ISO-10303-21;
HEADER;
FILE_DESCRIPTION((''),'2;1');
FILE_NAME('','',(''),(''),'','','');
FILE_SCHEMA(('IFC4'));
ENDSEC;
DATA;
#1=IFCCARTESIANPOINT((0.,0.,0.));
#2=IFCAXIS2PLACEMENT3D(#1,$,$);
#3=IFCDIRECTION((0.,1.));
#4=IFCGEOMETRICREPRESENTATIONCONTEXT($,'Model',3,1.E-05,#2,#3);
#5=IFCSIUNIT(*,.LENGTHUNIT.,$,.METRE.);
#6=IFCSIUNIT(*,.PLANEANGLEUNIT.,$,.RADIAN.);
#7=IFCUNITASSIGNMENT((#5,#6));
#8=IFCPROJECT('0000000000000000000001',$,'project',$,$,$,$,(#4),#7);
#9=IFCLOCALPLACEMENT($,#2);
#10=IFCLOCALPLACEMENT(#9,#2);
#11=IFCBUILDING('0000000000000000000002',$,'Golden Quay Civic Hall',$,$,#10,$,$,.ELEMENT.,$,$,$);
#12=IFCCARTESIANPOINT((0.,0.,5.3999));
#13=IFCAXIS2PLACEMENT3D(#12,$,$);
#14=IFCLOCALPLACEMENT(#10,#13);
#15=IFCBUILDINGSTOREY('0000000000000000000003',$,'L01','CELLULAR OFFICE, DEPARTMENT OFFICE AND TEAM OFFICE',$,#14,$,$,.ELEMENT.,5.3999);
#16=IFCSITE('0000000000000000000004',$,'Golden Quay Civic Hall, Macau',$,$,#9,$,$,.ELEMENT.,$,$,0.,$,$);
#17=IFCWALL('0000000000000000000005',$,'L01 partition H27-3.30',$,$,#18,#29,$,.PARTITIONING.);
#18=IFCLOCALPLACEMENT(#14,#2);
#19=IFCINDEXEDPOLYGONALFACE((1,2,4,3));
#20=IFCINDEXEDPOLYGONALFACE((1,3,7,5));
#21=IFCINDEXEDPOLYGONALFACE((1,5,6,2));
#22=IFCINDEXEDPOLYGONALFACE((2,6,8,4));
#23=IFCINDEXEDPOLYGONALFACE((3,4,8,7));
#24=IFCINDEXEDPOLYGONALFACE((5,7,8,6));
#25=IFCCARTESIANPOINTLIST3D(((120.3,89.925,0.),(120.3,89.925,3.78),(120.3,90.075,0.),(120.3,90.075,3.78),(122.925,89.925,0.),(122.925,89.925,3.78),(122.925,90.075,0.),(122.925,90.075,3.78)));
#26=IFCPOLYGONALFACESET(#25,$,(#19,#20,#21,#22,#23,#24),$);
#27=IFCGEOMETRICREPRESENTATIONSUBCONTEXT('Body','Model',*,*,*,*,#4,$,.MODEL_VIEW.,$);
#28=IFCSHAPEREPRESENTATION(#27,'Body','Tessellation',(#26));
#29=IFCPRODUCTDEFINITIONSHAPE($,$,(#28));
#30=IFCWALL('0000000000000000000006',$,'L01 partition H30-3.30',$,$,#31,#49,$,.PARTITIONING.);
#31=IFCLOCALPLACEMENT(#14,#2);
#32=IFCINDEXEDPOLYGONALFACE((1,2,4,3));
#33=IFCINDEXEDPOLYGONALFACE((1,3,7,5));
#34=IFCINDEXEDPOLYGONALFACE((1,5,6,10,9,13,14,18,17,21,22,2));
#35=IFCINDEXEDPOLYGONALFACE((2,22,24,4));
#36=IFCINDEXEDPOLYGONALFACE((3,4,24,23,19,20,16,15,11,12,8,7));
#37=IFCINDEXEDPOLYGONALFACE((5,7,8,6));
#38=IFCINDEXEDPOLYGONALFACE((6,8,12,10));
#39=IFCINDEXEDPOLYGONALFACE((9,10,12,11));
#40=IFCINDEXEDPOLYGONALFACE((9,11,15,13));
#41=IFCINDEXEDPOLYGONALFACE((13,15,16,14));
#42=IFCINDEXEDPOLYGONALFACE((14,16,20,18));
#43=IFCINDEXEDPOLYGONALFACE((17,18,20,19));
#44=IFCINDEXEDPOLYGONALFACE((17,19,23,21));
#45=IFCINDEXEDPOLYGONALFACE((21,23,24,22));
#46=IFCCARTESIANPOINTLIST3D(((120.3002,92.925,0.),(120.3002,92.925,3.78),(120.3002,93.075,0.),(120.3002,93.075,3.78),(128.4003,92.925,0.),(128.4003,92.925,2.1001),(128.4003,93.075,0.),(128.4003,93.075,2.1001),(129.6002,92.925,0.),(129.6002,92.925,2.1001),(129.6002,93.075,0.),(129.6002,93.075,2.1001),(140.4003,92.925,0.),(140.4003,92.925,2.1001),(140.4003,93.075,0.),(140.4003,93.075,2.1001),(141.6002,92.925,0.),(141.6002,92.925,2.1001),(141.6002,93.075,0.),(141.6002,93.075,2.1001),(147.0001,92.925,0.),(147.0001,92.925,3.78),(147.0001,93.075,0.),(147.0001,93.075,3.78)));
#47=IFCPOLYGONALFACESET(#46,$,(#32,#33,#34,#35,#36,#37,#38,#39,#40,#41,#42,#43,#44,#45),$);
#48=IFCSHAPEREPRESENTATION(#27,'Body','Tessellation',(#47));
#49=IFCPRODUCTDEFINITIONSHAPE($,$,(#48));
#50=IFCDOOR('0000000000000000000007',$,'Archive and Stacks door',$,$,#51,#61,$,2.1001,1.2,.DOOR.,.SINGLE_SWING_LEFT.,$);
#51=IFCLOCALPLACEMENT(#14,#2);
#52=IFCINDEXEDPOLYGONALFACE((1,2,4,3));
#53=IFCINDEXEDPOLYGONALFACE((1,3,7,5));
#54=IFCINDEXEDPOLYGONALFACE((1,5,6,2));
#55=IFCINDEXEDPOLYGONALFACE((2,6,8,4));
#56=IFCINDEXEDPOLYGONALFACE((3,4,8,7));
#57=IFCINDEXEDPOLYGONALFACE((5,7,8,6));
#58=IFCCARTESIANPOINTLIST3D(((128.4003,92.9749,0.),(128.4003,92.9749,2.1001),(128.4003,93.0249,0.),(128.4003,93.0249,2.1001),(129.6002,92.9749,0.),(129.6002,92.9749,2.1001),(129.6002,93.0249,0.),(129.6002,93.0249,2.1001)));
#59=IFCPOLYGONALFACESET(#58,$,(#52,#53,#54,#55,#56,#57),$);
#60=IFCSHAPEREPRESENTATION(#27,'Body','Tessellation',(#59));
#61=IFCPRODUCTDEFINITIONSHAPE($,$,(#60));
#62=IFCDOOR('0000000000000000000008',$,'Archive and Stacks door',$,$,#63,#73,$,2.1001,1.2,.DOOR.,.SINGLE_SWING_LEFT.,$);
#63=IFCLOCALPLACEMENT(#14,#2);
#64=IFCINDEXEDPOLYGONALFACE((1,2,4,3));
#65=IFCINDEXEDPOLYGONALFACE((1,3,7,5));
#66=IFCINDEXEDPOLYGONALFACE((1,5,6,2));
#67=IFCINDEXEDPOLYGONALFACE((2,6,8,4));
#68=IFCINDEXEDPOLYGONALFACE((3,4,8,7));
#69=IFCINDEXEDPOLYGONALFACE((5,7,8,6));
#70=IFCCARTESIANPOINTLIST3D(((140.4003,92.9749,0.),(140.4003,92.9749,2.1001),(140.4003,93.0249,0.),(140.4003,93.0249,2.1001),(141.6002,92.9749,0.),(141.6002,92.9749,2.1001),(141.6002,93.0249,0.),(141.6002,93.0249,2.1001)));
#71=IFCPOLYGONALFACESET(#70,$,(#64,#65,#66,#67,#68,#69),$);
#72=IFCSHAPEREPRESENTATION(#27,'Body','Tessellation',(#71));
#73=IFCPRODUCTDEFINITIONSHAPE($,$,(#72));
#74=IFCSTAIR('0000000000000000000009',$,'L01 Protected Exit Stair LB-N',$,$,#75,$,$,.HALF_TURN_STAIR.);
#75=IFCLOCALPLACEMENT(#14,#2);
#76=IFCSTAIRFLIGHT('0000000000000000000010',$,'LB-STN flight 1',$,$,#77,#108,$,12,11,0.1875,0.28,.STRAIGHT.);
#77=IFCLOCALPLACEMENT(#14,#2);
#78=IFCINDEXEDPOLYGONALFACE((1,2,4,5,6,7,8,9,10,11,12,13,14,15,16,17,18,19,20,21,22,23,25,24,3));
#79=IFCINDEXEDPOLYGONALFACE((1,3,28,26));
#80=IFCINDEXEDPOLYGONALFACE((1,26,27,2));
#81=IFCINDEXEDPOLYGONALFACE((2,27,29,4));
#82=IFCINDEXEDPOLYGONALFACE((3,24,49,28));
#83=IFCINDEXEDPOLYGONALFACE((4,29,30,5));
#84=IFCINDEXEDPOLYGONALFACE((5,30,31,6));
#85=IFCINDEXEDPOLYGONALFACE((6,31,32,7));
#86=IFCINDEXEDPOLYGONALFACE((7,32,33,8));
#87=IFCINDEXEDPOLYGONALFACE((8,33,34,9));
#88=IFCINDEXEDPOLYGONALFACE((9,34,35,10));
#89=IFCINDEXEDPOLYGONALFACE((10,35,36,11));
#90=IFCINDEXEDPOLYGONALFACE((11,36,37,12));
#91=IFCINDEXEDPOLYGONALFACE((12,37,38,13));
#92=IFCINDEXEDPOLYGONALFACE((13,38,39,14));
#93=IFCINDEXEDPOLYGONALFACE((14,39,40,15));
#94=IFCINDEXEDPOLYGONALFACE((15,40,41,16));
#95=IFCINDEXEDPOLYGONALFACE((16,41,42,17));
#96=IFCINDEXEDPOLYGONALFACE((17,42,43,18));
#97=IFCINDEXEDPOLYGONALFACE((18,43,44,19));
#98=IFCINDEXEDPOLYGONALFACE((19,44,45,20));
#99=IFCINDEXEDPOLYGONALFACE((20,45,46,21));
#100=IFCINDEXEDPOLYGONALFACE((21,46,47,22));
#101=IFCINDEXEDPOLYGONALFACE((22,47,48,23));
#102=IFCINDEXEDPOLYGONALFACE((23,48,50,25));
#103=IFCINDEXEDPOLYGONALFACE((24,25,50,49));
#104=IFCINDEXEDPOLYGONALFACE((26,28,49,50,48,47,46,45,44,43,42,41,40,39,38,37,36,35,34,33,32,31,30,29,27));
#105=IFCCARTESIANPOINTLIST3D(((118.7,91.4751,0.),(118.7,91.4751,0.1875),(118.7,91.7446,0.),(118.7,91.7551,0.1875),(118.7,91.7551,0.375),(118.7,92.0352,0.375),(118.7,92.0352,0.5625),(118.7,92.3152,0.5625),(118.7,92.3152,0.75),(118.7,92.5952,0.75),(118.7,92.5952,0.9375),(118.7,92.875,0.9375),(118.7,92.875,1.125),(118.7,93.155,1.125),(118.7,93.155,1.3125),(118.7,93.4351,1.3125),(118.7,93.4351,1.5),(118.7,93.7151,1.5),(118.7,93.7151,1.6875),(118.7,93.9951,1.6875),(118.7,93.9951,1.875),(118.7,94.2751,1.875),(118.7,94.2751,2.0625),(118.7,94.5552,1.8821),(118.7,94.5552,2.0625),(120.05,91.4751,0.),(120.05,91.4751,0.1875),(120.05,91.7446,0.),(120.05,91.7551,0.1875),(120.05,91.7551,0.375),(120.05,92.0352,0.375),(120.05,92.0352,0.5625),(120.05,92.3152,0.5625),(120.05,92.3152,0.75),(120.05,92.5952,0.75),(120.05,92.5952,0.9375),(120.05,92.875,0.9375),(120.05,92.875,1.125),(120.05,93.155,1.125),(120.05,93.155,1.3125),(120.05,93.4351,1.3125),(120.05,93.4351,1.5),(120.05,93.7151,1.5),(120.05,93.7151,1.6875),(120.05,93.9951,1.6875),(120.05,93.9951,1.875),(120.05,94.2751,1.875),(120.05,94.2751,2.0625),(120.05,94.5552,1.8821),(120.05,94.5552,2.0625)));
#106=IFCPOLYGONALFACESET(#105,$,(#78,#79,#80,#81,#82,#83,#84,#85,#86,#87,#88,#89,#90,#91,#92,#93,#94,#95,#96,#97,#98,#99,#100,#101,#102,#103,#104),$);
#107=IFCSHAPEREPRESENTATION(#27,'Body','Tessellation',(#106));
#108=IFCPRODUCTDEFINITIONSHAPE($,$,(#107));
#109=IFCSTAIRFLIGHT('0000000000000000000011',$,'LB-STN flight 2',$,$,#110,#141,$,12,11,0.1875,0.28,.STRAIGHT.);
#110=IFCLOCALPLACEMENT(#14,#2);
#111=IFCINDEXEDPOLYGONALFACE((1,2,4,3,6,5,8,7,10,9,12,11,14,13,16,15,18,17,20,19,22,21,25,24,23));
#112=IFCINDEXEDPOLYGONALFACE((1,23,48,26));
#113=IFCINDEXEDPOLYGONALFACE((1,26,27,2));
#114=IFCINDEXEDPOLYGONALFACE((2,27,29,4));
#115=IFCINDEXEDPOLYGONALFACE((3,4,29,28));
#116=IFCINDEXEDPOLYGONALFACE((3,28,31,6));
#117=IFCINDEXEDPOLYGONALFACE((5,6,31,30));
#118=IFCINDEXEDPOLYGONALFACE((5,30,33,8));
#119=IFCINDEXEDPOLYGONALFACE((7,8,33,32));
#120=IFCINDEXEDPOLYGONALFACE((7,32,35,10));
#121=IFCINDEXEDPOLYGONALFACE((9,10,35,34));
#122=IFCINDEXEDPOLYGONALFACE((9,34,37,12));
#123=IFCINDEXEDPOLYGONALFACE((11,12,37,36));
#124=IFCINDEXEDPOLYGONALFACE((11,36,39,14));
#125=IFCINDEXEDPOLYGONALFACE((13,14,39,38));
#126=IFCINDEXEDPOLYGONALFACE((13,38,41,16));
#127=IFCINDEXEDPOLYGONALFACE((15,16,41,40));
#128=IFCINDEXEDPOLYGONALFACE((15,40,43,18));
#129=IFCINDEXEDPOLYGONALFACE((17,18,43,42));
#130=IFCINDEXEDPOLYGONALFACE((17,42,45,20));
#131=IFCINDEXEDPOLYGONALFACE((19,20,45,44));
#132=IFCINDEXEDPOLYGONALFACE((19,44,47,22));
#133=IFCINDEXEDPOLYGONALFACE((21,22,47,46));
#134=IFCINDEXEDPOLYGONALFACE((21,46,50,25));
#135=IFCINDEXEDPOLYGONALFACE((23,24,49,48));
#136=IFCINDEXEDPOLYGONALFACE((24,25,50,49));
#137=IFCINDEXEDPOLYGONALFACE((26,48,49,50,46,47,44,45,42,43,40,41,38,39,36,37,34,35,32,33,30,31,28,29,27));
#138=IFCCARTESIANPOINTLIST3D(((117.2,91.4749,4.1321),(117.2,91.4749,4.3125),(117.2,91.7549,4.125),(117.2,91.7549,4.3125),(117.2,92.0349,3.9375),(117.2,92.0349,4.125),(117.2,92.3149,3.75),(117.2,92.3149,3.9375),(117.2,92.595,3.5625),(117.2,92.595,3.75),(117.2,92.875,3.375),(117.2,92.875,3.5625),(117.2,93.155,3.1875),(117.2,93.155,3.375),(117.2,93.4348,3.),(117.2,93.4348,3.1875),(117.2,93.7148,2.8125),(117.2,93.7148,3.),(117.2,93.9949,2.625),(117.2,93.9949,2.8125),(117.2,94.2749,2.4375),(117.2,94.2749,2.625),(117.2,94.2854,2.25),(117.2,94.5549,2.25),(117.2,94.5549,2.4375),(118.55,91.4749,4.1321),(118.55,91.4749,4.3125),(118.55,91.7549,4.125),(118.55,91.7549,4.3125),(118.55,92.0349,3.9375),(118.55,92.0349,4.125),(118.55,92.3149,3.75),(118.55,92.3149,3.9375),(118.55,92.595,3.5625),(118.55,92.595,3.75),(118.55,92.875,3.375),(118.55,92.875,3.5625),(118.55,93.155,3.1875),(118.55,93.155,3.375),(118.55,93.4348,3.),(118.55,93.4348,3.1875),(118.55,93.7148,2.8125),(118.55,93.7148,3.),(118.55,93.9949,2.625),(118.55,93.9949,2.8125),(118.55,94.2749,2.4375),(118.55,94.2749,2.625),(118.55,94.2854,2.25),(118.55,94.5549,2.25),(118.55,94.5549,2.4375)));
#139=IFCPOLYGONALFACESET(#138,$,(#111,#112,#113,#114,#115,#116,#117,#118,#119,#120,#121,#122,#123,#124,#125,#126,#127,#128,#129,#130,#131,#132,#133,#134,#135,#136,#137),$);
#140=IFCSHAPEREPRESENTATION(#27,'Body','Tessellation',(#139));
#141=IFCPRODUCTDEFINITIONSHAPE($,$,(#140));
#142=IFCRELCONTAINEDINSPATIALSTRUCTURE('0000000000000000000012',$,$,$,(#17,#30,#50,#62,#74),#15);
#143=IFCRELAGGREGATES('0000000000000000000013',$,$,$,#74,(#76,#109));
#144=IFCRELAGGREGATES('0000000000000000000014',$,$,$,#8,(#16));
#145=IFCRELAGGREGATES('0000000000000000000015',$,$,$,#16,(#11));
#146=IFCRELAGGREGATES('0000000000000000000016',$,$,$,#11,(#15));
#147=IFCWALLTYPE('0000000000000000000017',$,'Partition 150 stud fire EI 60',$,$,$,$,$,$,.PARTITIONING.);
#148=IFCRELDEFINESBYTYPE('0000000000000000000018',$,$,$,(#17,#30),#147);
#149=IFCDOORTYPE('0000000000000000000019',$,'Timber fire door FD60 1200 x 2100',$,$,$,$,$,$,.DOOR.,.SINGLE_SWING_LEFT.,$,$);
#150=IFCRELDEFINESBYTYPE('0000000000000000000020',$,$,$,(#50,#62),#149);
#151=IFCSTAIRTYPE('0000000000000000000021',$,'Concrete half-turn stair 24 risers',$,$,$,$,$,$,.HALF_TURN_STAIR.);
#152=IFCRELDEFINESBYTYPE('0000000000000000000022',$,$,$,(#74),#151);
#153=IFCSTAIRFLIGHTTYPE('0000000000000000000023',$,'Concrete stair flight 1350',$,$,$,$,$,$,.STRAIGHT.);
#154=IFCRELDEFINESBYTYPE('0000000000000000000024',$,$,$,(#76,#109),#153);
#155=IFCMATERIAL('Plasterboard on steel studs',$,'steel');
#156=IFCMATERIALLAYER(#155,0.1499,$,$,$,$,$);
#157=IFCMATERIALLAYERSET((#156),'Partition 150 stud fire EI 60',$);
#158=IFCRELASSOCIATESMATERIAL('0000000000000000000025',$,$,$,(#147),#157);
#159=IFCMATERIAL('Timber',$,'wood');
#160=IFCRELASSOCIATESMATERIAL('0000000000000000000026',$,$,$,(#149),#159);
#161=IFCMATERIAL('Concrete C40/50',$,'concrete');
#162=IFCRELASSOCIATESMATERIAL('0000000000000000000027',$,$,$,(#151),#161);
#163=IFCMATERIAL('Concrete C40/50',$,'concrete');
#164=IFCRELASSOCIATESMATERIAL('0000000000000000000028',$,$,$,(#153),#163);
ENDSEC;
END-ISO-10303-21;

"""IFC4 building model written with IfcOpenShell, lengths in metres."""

from ifc_helpers import new_model, si_unit, direction, frame, frame_2d, origin, place, context, subcontext, project, spatial, polyline, rectangle, outline, extrude, material, layer, layer_set, type_object, element, fill, aggregate, save


model = new_model("IFC4")

# Units and contexts
model_context = context("Model", 3, precision=1e-05, world=origin(), true_north=direction((0.0, 1.0)))
body_context = subcontext(model_context, "Body", "Model", "MODEL_VIEW")
ifc_project = project(units=[si_unit("LENGTHUNIT", "METRE"), si_unit("PLANEANGLEUNIT", "RADIAN")], contexts=[model_context])

# Site, building, storey
site_placement = place(None, origin())
site = spatial("IfcSite", under=ifc_project, at=site_placement, Name="Golden Quay Civic Hall, Macau", CompositionType="ELEMENT", RefElevation=0.0)
building_placement = place(site_placement, origin())
building = spatial("IfcBuilding", under=site, at=building_placement, Name="Golden Quay Civic Hall", CompositionType="ELEMENT")
storey_placement = place(building_placement, frame((0.0, 0.0, 5.3999)))
storey = spatial("IfcBuildingStorey", under=building, at=storey_placement, Name="L01", Description="CELLULAR OFFICE, DEPARTMENT OFFICE AND TEAM OFFICE", CompositionType="ELEMENT", Elevation=5.3999)

# Wall
ifc_material_1 = material(Name="Plasterboard on steel studs", Category="steel")
ifc_layer_1 = layer(ifc_material_1, 0.1499)
ifc_layer_set_1 = layer_set([ifc_layer_1], Name="Partition 150 stud fire EI 60")
wall_type_1 = type_object("IfcWallType", Name="Partition 150 stud fire EI 60", PredefinedType="PARTITIONING", material=ifc_layer_set_1)
wall_1_placement = place(storey_placement, frame((120.3, 90.0, 0.0), z_axis=(0.0, 0.0, 1.0), x_axis=(1.0, 0.0, 0.0)))
element("IfcWall", 1, at=wall_1_placement, inside=storey, type_object=wall_type_1, Name="L01 partition H27-3.30", PredefinedType="PARTITIONING", context=body_context, shape_type="SweptSolid", body=[
    extrude(rectangle(XDim=2.625, YDim=0.1499, at=frame_2d((1.3125, 0.0))), origin(), (0.0, 0.0, 1.0), 3.78),
])

# Wall, openings, doors
wall_2_placement = place(storey_placement, frame((120.3, 93.0, 0.0), z_axis=(0.0, 0.0, 1.0), x_axis=(1.0, 0.0, 0.0)))
wall_2 = element("IfcWall", 2, at=wall_2_placement, inside=storey, type_object=wall_type_1, Name="L01 partition H30-3.30", PredefinedType="PARTITIONING", context=body_context, shape_type="SweptSolid", body=[
    extrude(rectangle(XDim=26.7, YDim=0.1499, at=frame_2d((13.3501, 0.0))), origin(), (0.0, 0.0, 1.0), 3.78),
])
opening_1_placement = place(wall_2_placement, frame((8.1001, 0.0, 0.0)))
opening_1 = element("IfcOpeningElement", 3, at=opening_1_placement, cuts=wall_2, PredefinedType="OPENING", context=body_context, shape_type="SweptSolid", body=[
    extrude(rectangle(XDim=1.2, YDim=2.1001, at=frame_2d((0.6001, 1.05))), frame((0.0, 0.085, 0.0), z_axis=(0.0, -1.0, 0.0), x_axis=(1.0, 0.0, 0.0)), (0.0, 0.0, 1.0), 0.1699),
])
opening_2_placement = place(wall_2_placement, frame((20.1001, 0.0, 0.0)))
opening_2 = element("IfcOpeningElement", 4, at=opening_2_placement, cuts=wall_2, PredefinedType="OPENING", context=body_context, shape_type="SweptSolid", body=[
    extrude(rectangle(XDim=1.2, YDim=2.1001, at=frame_2d((0.6001, 1.05))), frame((0.0, 0.085, 0.0), z_axis=(0.0, -1.0, 0.0), x_axis=(1.0, 0.0, 0.0)), (0.0, 0.0, 1.0), 0.1699),
])
ifc_material_2 = material(Name="Timber", Category="wood")
door_type_1 = type_object("IfcDoorType", Name="Timber fire door FD60 1200 x 2100", OperationType="SINGLE_SWING_LEFT", PredefinedType="DOOR", material=ifc_material_2)
door_1_placement = place(opening_1_placement, origin())
door_1 = element("IfcDoor", 5, at=door_1_placement, inside=storey, type_object=door_type_1, Name="Archive and Stacks door", OperationType="SINGLE_SWING_LEFT", OverallHeight=2.1001, OverallWidth=1.2, PredefinedType="DOOR", context=body_context, shape_type="SweptSolid", body=[
    extrude(rectangle(XDim=1.2, YDim=2.1001, at=frame_2d((0.6001, 1.05))), frame((0.0, 0.0249, 0.0), z_axis=(0.0, -1.0, 0.0), x_axis=(1.0, 0.0, 0.0)), (0.0, 0.0, 1.0), 0.05),
])
fill(opening_1, door_1)
door_2_placement = place(opening_2_placement, origin())
door_2 = element("IfcDoor", 6, at=door_2_placement, inside=storey, type_object=door_type_1, Name="Archive and Stacks door", OperationType="SINGLE_SWING_LEFT", OverallHeight=2.1001, OverallWidth=1.2, PredefinedType="DOOR", context=body_context, shape_type="SweptSolid", body=[
    extrude(rectangle(XDim=1.2, YDim=2.1001, at=frame_2d((0.6001, 1.05))), frame((0.0, 0.0249, 0.0), z_axis=(0.0, -1.0, 0.0), x_axis=(1.0, 0.0, 0.0)), (0.0, 0.0, 1.0), 0.05),
])
fill(opening_2, door_2)

# Stair, stair flights
ifc_material_3 = material(Name="Concrete C40/50", Category="concrete")
stair_type = type_object("IfcStairType", Name="Concrete half-turn stair 24 risers", PredefinedType="HALF_TURN_STAIR", material=ifc_material_3)
stair_placement = place(storey_placement, origin())
stair = element("IfcStair", 7, at=stair_placement, inside=storey, type_object=stair_type, Name="L01 Protected Exit Stair LB-N", PredefinedType="HALF_TURN_STAIR")
ifc_material_4 = material(Name="Concrete C40/50", Category="concrete")
stair_flight_type = type_object("IfcStairFlightType", Name="Concrete stair flight 1350", PredefinedType="STRAIGHT", material=ifc_material_4)
stair_flight_1_placement = place(storey_placement, frame((119.375, 91.4751, 0.0), z_axis=(0.0, 0.0, 1.0), x_axis=(0.0, 1.0, 0.0)))
stair_flight_1 = element("IfcStairFlight", 8, at=stair_flight_1_placement, type_object=stair_flight_type, Name="LB-STN flight 1", NumberOfRisers=12, NumberOfTreads=11, PredefinedType="STRAIGHT", RiserHeight=0.1875, TreadLength=0.28, context=body_context, shape_type="SweptSolid", body=[
    extrude(outline(polyline([(0.0, 0.0), (0.0, 0.1875), (0.28, 0.1875), (0.28, 0.375), (0.5601, 0.375), (0.5601, 0.5625), (0.8401, 0.5625), (0.8401, 0.75), (1.1201, 0.75), (1.1201, 0.9375), (1.3999, 0.9375), (1.3999, 1.125), (1.6799, 1.125), (1.6799, 1.3125), (1.96, 1.3125), (1.96, 1.5), (2.24, 1.5), (2.24, 1.6875), (2.52, 1.6875), (2.52, 1.875), (2.8, 1.875), (2.8, 2.0625), (3.0801, 2.0625), (3.0801, 2.25), (3.0801, 1.8821), (0.2695, 0.0), (0.0, 0.0)])), frame((0.0, 0.675, 0.0), z_axis=(0.0, -1.0, 0.0), x_axis=(1.0, 0.0, 0.0)), (0.0, 0.0, 1.0), 1.35),
])
stair_flight_2_placement = place(storey_placement, frame((117.875, 94.5549, 2.25), z_axis=(0.0, 0.0, 1.0), x_axis=(0.0, -1.0, 0.0)))
stair_flight_2 = element("IfcStairFlight", 9, at=stair_flight_2_placement, type_object=stair_flight_type, Name="LB-STN flight 2", NumberOfRisers=12, NumberOfTreads=11, PredefinedType="STRAIGHT", RiserHeight=0.1875, TreadLength=0.28, context=body_context, shape_type="SweptSolid", body=[
    extrude(outline(polyline([(0.0, 0.0), (0.0, 0.1875), (0.28, 0.1875), (0.28, 0.375), (0.5601, 0.375), (0.5601, 0.5625), (0.8401, 0.5625), (0.8401, 0.75), (1.1201, 0.75), (1.1201, 0.9375), (1.3999, 0.9375), (1.3999, 1.125), (1.6799, 1.125), (1.6799, 1.3125), (1.96, 1.3125), (1.96, 1.5), (2.24, 1.5), (2.24, 1.6875), (2.52, 1.6875), (2.52, 1.875), (2.8, 1.875), (2.8, 2.0625), (3.0801, 2.0625), (3.0801, 2.25), (3.0801, 1.8821), (0.2695, 0.0), (0.0, 0.0)])), frame((0.0, 0.675, 0.0), z_axis=(0.0, -1.0, 0.0), x_axis=(1.0, 0.0, 0.0)), (0.0, 0.0, 1.0), 1.35),
])
aggregate(stair, [stair_flight_1, stair_flight_2])

save(model, "model.ifc")
